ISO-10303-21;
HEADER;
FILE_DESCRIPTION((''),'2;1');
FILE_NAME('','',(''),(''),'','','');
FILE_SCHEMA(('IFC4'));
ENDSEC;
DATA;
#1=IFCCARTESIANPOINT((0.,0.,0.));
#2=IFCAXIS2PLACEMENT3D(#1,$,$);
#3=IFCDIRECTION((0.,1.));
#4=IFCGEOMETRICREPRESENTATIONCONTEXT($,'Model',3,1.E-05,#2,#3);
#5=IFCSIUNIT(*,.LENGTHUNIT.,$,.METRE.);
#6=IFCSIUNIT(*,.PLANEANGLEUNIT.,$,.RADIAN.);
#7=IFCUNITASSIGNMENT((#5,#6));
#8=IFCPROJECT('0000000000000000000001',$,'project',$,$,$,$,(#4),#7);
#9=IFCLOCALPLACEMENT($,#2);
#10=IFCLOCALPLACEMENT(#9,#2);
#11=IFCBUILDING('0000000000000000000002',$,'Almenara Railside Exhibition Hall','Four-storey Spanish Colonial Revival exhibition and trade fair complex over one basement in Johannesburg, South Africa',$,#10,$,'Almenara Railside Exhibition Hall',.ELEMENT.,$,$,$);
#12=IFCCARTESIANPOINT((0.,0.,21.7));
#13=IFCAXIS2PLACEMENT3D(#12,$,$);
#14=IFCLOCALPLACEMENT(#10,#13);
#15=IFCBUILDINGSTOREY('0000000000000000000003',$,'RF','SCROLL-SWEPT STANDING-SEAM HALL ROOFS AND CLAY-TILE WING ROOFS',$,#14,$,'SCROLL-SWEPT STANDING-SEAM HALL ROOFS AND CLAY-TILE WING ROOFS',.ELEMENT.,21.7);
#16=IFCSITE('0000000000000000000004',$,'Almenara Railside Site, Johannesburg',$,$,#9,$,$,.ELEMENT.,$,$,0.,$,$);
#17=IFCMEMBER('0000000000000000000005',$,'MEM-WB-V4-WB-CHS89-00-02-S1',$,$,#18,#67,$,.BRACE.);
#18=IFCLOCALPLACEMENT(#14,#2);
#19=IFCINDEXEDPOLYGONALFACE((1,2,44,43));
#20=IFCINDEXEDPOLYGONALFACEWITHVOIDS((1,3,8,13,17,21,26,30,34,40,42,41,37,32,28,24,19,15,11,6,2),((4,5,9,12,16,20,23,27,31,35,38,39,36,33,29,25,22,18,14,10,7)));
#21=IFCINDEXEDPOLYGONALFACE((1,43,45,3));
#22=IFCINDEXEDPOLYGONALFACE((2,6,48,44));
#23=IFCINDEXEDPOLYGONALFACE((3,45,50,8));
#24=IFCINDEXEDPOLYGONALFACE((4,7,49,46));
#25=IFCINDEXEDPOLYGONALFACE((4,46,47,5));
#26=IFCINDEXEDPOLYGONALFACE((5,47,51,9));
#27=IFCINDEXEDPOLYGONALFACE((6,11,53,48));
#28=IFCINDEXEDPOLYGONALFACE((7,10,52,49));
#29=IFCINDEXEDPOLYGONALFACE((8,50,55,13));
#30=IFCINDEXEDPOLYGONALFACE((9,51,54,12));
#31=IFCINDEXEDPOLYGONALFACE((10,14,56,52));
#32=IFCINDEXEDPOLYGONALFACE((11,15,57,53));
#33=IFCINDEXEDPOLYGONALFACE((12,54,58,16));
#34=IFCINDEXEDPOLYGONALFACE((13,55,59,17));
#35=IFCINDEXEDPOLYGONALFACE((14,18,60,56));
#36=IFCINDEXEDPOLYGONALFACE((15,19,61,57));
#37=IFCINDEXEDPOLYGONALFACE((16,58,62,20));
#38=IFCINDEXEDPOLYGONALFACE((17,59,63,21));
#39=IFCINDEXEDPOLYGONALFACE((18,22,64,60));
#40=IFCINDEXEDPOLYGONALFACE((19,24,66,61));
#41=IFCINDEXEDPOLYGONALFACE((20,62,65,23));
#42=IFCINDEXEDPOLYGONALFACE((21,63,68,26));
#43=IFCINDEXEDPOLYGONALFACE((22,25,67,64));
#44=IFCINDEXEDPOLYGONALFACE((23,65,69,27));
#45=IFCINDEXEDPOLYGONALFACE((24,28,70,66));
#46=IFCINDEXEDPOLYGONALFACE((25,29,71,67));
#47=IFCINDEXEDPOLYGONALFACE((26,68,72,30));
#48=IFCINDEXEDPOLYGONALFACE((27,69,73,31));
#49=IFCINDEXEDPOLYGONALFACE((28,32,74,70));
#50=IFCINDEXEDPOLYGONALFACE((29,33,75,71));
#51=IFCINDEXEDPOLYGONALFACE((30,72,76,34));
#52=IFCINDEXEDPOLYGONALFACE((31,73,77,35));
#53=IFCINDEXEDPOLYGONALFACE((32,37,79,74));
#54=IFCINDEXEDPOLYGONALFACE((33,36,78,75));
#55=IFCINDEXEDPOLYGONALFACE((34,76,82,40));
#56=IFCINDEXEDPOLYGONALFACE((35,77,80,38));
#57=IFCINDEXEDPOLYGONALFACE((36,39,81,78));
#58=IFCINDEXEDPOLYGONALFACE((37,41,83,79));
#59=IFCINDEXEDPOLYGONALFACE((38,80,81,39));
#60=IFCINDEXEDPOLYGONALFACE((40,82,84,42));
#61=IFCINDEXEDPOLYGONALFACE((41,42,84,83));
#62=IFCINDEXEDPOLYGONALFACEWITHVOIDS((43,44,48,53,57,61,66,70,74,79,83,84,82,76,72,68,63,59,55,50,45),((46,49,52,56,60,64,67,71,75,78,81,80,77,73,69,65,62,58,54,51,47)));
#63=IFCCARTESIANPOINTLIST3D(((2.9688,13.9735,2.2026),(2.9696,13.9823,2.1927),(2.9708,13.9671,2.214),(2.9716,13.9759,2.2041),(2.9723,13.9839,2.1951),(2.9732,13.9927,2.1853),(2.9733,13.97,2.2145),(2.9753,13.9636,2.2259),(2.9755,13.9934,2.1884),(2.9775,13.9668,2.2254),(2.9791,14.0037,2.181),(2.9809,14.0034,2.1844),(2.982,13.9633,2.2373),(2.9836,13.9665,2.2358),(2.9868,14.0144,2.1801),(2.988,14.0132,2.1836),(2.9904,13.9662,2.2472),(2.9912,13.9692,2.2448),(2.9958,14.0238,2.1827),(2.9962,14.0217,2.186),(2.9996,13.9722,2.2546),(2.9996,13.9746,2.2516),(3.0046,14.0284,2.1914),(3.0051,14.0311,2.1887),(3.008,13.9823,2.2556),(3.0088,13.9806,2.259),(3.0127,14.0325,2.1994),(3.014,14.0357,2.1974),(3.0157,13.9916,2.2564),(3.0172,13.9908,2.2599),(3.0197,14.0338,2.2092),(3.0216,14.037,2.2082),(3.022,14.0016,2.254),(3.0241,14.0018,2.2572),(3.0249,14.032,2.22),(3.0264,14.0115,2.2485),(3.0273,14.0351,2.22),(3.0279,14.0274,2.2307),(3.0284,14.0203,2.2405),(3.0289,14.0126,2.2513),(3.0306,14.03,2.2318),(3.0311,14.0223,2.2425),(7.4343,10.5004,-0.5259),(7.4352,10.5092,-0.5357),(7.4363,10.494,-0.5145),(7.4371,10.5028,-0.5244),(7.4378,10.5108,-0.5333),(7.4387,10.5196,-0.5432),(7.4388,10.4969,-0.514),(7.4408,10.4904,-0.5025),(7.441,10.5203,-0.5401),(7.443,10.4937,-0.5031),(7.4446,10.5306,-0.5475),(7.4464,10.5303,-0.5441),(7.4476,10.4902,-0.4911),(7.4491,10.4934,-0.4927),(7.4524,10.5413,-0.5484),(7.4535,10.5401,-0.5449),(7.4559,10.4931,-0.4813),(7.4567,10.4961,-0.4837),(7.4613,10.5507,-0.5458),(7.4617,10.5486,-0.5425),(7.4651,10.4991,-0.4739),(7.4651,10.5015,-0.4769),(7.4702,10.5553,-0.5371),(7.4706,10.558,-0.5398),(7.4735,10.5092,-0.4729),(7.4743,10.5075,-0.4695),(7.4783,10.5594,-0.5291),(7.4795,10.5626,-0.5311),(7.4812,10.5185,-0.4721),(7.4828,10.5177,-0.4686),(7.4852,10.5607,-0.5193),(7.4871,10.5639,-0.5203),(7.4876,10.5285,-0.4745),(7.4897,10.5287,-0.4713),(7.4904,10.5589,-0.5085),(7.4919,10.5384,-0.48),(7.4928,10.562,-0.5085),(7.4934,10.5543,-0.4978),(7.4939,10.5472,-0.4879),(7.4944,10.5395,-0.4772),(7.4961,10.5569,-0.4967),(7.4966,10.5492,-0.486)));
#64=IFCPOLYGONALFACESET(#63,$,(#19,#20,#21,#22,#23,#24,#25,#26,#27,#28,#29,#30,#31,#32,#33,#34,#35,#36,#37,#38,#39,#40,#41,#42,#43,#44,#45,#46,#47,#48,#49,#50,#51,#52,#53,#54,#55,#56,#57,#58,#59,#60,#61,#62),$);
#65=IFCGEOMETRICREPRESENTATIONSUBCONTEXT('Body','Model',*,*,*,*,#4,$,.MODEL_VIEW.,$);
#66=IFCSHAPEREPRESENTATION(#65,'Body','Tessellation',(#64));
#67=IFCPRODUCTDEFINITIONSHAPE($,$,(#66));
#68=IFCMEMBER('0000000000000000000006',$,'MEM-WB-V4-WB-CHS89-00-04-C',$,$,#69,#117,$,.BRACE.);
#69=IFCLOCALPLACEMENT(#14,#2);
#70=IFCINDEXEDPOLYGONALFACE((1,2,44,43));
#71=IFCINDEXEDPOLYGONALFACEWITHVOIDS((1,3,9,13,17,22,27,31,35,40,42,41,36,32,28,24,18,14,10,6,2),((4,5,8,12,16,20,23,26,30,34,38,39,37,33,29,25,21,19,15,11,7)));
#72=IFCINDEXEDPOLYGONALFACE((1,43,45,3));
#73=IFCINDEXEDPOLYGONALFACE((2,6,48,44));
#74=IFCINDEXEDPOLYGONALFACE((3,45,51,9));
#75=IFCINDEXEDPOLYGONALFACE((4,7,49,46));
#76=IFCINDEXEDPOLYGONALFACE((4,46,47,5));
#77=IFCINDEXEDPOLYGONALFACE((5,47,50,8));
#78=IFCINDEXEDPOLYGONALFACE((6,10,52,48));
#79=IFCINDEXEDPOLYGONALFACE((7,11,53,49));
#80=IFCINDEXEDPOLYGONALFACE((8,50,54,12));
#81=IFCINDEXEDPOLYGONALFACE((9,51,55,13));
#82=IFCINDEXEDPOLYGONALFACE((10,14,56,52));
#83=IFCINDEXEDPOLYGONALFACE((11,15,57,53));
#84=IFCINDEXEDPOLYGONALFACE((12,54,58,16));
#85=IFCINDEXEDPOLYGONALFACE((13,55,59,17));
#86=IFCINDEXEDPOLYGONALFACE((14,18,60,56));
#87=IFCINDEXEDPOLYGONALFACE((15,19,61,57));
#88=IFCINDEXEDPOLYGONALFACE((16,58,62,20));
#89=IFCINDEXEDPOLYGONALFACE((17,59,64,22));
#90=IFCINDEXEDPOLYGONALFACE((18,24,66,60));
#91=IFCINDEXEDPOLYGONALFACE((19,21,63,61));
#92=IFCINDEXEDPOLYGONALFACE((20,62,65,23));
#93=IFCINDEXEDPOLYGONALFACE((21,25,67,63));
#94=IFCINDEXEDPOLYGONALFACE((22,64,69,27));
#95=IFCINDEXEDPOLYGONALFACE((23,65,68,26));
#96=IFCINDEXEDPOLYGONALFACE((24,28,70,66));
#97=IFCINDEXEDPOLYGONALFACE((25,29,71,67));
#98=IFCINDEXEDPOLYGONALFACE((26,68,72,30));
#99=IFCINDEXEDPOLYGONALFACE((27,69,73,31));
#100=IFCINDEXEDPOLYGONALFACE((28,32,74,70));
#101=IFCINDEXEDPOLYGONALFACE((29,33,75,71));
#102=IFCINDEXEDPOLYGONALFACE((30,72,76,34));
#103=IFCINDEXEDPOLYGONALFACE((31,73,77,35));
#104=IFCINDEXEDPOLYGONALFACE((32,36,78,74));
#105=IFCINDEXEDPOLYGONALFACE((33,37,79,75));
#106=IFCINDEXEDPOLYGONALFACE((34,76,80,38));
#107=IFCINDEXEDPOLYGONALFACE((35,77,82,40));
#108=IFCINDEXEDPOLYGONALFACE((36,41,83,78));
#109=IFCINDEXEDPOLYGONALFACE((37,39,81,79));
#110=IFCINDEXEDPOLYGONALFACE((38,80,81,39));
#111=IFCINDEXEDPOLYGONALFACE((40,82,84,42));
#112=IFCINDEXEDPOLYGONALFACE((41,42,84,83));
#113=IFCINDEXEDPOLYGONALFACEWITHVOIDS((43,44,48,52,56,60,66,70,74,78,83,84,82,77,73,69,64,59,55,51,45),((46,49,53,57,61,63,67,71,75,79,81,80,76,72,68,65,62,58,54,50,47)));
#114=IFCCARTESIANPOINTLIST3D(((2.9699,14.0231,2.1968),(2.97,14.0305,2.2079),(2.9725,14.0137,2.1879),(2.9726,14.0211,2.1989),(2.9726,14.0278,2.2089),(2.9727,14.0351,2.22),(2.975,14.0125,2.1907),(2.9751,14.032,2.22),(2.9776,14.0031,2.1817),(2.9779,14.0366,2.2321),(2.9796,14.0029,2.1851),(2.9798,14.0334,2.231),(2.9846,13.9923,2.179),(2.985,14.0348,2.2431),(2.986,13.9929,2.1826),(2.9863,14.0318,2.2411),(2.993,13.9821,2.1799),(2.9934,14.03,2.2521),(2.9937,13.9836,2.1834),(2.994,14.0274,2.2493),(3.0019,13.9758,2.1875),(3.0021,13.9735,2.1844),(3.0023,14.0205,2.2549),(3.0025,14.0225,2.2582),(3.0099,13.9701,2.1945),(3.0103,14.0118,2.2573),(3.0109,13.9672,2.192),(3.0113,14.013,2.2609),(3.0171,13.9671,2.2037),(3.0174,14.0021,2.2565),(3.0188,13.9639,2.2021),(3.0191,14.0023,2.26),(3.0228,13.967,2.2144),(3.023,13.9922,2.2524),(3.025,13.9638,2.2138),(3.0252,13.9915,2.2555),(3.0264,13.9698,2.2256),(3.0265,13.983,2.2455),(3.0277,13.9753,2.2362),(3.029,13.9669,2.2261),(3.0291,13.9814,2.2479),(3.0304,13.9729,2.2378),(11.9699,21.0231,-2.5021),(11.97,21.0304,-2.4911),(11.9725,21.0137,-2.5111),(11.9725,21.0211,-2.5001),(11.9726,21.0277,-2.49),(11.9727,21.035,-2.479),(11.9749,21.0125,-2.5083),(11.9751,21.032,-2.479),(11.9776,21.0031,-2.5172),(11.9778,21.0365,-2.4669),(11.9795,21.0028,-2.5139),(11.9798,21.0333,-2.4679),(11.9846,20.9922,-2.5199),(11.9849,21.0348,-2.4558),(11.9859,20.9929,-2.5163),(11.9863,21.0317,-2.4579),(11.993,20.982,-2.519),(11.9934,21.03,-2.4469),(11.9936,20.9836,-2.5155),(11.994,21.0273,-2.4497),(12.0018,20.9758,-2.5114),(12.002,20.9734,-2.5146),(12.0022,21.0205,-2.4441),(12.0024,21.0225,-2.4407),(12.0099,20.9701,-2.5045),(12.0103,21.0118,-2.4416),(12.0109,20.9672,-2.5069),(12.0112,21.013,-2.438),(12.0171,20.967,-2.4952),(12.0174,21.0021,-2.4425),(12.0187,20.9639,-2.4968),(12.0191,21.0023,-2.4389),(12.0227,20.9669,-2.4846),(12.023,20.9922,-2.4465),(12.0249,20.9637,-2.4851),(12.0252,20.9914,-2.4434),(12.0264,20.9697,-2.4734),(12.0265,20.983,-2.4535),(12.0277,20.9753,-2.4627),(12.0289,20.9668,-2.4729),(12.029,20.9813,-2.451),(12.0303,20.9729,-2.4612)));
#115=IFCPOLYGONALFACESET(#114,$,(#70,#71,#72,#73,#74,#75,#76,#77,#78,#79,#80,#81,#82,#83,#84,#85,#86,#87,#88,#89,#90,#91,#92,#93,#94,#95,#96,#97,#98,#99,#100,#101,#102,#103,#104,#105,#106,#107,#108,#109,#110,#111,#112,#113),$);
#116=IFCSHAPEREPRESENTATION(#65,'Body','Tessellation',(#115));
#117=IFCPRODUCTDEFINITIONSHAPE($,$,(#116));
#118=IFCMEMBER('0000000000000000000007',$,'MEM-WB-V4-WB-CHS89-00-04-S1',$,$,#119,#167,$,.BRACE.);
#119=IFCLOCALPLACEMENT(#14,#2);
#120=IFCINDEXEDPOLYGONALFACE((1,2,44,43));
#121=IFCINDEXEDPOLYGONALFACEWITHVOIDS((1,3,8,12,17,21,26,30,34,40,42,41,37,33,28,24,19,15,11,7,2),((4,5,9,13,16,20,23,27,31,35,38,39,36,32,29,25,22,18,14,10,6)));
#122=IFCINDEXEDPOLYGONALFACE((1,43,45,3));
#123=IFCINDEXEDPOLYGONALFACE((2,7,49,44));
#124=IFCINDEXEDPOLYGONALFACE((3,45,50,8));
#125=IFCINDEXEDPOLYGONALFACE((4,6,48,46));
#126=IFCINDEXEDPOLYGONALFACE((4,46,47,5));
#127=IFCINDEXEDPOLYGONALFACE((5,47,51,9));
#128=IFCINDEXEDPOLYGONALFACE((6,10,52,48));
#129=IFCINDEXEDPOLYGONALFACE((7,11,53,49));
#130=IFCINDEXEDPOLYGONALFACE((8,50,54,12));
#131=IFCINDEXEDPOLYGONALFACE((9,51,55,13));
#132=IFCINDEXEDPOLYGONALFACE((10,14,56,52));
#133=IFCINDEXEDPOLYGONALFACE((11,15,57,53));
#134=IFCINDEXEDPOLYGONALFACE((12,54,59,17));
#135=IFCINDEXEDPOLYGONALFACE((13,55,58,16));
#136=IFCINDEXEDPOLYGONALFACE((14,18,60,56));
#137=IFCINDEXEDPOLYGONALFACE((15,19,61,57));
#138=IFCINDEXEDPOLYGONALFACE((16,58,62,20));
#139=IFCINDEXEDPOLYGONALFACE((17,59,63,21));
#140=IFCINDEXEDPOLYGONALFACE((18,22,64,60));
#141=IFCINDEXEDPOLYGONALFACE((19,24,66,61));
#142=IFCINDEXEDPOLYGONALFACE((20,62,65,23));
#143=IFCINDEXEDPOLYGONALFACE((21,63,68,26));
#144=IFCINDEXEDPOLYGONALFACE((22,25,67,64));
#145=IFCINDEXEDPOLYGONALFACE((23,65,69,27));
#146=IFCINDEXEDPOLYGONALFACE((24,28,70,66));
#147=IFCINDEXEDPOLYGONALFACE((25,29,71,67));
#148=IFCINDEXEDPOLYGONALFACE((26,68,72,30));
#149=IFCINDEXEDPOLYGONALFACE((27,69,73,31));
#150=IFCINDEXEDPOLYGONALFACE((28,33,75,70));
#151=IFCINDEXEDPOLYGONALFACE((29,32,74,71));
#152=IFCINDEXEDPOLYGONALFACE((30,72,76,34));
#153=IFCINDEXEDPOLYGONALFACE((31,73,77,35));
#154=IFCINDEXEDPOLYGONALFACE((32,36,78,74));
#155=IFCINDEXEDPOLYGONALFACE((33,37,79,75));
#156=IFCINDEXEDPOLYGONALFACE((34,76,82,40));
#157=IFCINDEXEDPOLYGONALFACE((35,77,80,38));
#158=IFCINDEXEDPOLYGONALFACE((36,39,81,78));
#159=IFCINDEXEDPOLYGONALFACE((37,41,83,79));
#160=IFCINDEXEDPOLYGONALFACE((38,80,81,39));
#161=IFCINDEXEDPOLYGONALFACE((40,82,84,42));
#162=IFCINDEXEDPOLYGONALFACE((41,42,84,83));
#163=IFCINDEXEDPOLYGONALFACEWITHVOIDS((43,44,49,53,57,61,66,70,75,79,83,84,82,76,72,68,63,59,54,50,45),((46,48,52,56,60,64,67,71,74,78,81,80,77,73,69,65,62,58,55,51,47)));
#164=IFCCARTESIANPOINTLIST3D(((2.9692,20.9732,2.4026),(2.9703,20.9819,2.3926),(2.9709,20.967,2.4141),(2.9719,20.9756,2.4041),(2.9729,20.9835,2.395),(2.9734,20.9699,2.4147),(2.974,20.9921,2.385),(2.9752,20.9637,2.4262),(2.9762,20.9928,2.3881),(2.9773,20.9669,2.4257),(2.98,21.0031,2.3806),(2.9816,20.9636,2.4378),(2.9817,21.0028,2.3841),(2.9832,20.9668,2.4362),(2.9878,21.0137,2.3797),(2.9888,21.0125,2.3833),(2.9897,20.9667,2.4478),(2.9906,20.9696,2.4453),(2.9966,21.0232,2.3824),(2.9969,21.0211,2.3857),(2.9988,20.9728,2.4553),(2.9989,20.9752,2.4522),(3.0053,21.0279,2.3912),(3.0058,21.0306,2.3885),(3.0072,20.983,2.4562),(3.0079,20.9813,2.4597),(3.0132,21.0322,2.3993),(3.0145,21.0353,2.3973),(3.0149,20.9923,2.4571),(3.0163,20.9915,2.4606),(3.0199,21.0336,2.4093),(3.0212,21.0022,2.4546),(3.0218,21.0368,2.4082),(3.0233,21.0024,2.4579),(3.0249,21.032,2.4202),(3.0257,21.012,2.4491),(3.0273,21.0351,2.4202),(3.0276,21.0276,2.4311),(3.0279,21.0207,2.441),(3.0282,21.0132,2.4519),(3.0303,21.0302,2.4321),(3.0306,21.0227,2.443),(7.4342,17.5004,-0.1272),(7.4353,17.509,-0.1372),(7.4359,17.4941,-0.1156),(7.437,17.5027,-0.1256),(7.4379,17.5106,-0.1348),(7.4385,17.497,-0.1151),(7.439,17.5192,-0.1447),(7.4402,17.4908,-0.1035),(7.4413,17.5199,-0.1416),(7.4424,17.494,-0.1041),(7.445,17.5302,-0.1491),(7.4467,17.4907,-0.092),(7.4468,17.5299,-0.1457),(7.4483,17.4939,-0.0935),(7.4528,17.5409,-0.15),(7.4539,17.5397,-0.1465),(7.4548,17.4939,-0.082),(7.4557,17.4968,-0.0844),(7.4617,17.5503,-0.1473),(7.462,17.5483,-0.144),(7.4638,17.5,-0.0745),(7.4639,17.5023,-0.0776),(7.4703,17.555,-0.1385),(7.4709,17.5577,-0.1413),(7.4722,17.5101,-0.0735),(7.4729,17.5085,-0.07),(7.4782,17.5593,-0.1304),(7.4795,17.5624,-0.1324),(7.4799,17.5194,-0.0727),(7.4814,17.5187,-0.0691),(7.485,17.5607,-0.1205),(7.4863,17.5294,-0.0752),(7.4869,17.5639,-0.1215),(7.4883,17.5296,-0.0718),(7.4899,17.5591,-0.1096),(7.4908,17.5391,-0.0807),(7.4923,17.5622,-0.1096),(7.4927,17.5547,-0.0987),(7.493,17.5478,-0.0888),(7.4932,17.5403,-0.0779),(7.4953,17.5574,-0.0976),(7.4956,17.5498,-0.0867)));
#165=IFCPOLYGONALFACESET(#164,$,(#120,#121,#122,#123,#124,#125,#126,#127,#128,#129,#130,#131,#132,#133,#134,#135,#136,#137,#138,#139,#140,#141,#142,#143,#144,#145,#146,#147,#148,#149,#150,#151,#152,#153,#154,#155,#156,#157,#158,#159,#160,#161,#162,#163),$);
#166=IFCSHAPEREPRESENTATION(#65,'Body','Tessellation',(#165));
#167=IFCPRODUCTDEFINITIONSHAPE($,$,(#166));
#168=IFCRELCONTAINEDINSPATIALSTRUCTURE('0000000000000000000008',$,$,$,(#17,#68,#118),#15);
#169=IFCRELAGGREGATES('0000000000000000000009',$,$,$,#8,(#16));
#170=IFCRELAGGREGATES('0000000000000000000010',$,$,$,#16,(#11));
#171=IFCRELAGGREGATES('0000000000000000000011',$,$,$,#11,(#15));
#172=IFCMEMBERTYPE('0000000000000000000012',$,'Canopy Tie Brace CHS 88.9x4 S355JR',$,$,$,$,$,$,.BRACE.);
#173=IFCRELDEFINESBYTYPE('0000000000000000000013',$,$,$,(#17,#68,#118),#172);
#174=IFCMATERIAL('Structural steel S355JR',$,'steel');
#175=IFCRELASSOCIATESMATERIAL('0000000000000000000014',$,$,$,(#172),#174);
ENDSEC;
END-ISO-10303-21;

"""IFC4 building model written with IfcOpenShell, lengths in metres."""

from ifc_helpers import new_model, si_unit, direction, frame, origin, origin_2d, place, context, subcontext, project, spatial, hollow_circle, extrude, material, material_profile, profile_set, type_object, element, save


model = new_model("IFC4")

# Units and contexts
model_context = context("Model", 3, precision=1e-05, world=origin(), true_north=direction((0.0, 1.0)))
body_context = subcontext(model_context, "Body", "Model", "MODEL_VIEW")
ifc_project = project(units=[si_unit("LENGTHUNIT", "METRE"), si_unit("PLANEANGLEUNIT", "RADIAN")], contexts=[model_context])

# Site, building, storey
site_placement = place(None, origin())
site = spatial("IfcSite", under=ifc_project, at=site_placement, Name="Almenara Railside Site, Johannesburg", CompositionType="ELEMENT", RefElevation=0.0)
building_placement = place(site_placement, origin())
building = spatial("IfcBuilding", under=site, at=building_placement, Name="Almenara Railside Exhibition Hall", Description="Four-storey Spanish Colonial Revival exhibition and trade fair complex over one basement in Johannesburg, South Africa", LongName="Almenara Railside Exhibition Hall", CompositionType="ELEMENT")
storey_placement = place(building_placement, frame((0.0, 0.0, 21.7)))
storey = spatial("IfcBuildingStorey", under=building, at=storey_placement, Name="RF", Description="SCROLL-SWEPT STANDING-SEAM HALL ROOFS AND CLAY-TILE WING ROOFS", LongName="SCROLL-SWEPT STANDING-SEAM HALL ROOFS AND CLAY-TILE WING ROOFS", CompositionType="ELEMENT", Elevation=21.7)

# Members
ifc_material_1 = material(Name="Structural steel S355JR", Category="steel")
ifc_material_profile_1 = material_profile(ifc_material_1, hollow_circle(Radius=0.0444, WallThickness=0.0039, at=origin_2d()), Name="CHS 88.9x4")
ifc_profile_set_1 = profile_set([ifc_material_profile_1], Name="Structural steel S355JR")
member_type_1 = type_object("IfcMemberType", Name="Canopy Tie Brace CHS 88.9x4 S355JR", PredefinedType="BRACE", material=ifc_profile_set_1)
member_1_placement = place(storey_placement, frame((3.0, 14.0, 2.22), z_axis=(0.710984, -0.552975, -0.434419), x_axis=(0.613932, 0.789359, 0.0)))
element("IfcMember", 1, at=member_1_placement, inside=storey, type_object=member_type_1, Name="MEM-WB-V4-WB-CHS89-00-02-S1", PredefinedType="BRACE", context=body_context, shape_type="SweptSolid", body=[
    extrude(hollow_circle(Radius=0.0444, WallThickness=0.0039, at=origin_2d()), origin(), (0.0, 0.0, 1.0), 6.2808),
])
member_2_placement = place(storey_placement, frame((3.0, 14.0, 2.22), z_axis=(0.729803, 0.567625, -0.381036), x_axis=(-0.613941, 0.789352, 0.0)))
element("IfcMember", 2, at=member_2_placement, inside=storey, type_object=member_type_1, Name="MEM-WB-V4-WB-CHS89-00-04-C", PredefinedType="BRACE", context=body_context, shape_type="SweptSolid", body=[
    extrude(hollow_circle(Radius=0.0444, WallThickness=0.0039, at=origin_2d()), origin(), (0.0, 0.0, 1.0), 12.332),
])
for number, where, z_axis, x_axis, name in (
    (3, (3.0, 21.0, 2.4202), (0.720571, -0.560453, -0.408254), (0.613947, 0.789348, 0.0), "MEM-WB-V4-WB-CHS89-00-04-S1"),
):
    element("IfcMember", number, at=place(storey_placement, frame(where, z_axis=z_axis, x_axis=x_axis)), inside=storey, type_object=member_type_1, Name=name, PredefinedType="BRACE", context=body_context, shape_type="SweptSolid", body=[
        extrude(hollow_circle(Radius=0.0444, WallThickness=0.0039, at=origin_2d()), origin(), (0.0, 0.0, 1.0), 6.1965),
    ])

save(model, "model.ifc")
